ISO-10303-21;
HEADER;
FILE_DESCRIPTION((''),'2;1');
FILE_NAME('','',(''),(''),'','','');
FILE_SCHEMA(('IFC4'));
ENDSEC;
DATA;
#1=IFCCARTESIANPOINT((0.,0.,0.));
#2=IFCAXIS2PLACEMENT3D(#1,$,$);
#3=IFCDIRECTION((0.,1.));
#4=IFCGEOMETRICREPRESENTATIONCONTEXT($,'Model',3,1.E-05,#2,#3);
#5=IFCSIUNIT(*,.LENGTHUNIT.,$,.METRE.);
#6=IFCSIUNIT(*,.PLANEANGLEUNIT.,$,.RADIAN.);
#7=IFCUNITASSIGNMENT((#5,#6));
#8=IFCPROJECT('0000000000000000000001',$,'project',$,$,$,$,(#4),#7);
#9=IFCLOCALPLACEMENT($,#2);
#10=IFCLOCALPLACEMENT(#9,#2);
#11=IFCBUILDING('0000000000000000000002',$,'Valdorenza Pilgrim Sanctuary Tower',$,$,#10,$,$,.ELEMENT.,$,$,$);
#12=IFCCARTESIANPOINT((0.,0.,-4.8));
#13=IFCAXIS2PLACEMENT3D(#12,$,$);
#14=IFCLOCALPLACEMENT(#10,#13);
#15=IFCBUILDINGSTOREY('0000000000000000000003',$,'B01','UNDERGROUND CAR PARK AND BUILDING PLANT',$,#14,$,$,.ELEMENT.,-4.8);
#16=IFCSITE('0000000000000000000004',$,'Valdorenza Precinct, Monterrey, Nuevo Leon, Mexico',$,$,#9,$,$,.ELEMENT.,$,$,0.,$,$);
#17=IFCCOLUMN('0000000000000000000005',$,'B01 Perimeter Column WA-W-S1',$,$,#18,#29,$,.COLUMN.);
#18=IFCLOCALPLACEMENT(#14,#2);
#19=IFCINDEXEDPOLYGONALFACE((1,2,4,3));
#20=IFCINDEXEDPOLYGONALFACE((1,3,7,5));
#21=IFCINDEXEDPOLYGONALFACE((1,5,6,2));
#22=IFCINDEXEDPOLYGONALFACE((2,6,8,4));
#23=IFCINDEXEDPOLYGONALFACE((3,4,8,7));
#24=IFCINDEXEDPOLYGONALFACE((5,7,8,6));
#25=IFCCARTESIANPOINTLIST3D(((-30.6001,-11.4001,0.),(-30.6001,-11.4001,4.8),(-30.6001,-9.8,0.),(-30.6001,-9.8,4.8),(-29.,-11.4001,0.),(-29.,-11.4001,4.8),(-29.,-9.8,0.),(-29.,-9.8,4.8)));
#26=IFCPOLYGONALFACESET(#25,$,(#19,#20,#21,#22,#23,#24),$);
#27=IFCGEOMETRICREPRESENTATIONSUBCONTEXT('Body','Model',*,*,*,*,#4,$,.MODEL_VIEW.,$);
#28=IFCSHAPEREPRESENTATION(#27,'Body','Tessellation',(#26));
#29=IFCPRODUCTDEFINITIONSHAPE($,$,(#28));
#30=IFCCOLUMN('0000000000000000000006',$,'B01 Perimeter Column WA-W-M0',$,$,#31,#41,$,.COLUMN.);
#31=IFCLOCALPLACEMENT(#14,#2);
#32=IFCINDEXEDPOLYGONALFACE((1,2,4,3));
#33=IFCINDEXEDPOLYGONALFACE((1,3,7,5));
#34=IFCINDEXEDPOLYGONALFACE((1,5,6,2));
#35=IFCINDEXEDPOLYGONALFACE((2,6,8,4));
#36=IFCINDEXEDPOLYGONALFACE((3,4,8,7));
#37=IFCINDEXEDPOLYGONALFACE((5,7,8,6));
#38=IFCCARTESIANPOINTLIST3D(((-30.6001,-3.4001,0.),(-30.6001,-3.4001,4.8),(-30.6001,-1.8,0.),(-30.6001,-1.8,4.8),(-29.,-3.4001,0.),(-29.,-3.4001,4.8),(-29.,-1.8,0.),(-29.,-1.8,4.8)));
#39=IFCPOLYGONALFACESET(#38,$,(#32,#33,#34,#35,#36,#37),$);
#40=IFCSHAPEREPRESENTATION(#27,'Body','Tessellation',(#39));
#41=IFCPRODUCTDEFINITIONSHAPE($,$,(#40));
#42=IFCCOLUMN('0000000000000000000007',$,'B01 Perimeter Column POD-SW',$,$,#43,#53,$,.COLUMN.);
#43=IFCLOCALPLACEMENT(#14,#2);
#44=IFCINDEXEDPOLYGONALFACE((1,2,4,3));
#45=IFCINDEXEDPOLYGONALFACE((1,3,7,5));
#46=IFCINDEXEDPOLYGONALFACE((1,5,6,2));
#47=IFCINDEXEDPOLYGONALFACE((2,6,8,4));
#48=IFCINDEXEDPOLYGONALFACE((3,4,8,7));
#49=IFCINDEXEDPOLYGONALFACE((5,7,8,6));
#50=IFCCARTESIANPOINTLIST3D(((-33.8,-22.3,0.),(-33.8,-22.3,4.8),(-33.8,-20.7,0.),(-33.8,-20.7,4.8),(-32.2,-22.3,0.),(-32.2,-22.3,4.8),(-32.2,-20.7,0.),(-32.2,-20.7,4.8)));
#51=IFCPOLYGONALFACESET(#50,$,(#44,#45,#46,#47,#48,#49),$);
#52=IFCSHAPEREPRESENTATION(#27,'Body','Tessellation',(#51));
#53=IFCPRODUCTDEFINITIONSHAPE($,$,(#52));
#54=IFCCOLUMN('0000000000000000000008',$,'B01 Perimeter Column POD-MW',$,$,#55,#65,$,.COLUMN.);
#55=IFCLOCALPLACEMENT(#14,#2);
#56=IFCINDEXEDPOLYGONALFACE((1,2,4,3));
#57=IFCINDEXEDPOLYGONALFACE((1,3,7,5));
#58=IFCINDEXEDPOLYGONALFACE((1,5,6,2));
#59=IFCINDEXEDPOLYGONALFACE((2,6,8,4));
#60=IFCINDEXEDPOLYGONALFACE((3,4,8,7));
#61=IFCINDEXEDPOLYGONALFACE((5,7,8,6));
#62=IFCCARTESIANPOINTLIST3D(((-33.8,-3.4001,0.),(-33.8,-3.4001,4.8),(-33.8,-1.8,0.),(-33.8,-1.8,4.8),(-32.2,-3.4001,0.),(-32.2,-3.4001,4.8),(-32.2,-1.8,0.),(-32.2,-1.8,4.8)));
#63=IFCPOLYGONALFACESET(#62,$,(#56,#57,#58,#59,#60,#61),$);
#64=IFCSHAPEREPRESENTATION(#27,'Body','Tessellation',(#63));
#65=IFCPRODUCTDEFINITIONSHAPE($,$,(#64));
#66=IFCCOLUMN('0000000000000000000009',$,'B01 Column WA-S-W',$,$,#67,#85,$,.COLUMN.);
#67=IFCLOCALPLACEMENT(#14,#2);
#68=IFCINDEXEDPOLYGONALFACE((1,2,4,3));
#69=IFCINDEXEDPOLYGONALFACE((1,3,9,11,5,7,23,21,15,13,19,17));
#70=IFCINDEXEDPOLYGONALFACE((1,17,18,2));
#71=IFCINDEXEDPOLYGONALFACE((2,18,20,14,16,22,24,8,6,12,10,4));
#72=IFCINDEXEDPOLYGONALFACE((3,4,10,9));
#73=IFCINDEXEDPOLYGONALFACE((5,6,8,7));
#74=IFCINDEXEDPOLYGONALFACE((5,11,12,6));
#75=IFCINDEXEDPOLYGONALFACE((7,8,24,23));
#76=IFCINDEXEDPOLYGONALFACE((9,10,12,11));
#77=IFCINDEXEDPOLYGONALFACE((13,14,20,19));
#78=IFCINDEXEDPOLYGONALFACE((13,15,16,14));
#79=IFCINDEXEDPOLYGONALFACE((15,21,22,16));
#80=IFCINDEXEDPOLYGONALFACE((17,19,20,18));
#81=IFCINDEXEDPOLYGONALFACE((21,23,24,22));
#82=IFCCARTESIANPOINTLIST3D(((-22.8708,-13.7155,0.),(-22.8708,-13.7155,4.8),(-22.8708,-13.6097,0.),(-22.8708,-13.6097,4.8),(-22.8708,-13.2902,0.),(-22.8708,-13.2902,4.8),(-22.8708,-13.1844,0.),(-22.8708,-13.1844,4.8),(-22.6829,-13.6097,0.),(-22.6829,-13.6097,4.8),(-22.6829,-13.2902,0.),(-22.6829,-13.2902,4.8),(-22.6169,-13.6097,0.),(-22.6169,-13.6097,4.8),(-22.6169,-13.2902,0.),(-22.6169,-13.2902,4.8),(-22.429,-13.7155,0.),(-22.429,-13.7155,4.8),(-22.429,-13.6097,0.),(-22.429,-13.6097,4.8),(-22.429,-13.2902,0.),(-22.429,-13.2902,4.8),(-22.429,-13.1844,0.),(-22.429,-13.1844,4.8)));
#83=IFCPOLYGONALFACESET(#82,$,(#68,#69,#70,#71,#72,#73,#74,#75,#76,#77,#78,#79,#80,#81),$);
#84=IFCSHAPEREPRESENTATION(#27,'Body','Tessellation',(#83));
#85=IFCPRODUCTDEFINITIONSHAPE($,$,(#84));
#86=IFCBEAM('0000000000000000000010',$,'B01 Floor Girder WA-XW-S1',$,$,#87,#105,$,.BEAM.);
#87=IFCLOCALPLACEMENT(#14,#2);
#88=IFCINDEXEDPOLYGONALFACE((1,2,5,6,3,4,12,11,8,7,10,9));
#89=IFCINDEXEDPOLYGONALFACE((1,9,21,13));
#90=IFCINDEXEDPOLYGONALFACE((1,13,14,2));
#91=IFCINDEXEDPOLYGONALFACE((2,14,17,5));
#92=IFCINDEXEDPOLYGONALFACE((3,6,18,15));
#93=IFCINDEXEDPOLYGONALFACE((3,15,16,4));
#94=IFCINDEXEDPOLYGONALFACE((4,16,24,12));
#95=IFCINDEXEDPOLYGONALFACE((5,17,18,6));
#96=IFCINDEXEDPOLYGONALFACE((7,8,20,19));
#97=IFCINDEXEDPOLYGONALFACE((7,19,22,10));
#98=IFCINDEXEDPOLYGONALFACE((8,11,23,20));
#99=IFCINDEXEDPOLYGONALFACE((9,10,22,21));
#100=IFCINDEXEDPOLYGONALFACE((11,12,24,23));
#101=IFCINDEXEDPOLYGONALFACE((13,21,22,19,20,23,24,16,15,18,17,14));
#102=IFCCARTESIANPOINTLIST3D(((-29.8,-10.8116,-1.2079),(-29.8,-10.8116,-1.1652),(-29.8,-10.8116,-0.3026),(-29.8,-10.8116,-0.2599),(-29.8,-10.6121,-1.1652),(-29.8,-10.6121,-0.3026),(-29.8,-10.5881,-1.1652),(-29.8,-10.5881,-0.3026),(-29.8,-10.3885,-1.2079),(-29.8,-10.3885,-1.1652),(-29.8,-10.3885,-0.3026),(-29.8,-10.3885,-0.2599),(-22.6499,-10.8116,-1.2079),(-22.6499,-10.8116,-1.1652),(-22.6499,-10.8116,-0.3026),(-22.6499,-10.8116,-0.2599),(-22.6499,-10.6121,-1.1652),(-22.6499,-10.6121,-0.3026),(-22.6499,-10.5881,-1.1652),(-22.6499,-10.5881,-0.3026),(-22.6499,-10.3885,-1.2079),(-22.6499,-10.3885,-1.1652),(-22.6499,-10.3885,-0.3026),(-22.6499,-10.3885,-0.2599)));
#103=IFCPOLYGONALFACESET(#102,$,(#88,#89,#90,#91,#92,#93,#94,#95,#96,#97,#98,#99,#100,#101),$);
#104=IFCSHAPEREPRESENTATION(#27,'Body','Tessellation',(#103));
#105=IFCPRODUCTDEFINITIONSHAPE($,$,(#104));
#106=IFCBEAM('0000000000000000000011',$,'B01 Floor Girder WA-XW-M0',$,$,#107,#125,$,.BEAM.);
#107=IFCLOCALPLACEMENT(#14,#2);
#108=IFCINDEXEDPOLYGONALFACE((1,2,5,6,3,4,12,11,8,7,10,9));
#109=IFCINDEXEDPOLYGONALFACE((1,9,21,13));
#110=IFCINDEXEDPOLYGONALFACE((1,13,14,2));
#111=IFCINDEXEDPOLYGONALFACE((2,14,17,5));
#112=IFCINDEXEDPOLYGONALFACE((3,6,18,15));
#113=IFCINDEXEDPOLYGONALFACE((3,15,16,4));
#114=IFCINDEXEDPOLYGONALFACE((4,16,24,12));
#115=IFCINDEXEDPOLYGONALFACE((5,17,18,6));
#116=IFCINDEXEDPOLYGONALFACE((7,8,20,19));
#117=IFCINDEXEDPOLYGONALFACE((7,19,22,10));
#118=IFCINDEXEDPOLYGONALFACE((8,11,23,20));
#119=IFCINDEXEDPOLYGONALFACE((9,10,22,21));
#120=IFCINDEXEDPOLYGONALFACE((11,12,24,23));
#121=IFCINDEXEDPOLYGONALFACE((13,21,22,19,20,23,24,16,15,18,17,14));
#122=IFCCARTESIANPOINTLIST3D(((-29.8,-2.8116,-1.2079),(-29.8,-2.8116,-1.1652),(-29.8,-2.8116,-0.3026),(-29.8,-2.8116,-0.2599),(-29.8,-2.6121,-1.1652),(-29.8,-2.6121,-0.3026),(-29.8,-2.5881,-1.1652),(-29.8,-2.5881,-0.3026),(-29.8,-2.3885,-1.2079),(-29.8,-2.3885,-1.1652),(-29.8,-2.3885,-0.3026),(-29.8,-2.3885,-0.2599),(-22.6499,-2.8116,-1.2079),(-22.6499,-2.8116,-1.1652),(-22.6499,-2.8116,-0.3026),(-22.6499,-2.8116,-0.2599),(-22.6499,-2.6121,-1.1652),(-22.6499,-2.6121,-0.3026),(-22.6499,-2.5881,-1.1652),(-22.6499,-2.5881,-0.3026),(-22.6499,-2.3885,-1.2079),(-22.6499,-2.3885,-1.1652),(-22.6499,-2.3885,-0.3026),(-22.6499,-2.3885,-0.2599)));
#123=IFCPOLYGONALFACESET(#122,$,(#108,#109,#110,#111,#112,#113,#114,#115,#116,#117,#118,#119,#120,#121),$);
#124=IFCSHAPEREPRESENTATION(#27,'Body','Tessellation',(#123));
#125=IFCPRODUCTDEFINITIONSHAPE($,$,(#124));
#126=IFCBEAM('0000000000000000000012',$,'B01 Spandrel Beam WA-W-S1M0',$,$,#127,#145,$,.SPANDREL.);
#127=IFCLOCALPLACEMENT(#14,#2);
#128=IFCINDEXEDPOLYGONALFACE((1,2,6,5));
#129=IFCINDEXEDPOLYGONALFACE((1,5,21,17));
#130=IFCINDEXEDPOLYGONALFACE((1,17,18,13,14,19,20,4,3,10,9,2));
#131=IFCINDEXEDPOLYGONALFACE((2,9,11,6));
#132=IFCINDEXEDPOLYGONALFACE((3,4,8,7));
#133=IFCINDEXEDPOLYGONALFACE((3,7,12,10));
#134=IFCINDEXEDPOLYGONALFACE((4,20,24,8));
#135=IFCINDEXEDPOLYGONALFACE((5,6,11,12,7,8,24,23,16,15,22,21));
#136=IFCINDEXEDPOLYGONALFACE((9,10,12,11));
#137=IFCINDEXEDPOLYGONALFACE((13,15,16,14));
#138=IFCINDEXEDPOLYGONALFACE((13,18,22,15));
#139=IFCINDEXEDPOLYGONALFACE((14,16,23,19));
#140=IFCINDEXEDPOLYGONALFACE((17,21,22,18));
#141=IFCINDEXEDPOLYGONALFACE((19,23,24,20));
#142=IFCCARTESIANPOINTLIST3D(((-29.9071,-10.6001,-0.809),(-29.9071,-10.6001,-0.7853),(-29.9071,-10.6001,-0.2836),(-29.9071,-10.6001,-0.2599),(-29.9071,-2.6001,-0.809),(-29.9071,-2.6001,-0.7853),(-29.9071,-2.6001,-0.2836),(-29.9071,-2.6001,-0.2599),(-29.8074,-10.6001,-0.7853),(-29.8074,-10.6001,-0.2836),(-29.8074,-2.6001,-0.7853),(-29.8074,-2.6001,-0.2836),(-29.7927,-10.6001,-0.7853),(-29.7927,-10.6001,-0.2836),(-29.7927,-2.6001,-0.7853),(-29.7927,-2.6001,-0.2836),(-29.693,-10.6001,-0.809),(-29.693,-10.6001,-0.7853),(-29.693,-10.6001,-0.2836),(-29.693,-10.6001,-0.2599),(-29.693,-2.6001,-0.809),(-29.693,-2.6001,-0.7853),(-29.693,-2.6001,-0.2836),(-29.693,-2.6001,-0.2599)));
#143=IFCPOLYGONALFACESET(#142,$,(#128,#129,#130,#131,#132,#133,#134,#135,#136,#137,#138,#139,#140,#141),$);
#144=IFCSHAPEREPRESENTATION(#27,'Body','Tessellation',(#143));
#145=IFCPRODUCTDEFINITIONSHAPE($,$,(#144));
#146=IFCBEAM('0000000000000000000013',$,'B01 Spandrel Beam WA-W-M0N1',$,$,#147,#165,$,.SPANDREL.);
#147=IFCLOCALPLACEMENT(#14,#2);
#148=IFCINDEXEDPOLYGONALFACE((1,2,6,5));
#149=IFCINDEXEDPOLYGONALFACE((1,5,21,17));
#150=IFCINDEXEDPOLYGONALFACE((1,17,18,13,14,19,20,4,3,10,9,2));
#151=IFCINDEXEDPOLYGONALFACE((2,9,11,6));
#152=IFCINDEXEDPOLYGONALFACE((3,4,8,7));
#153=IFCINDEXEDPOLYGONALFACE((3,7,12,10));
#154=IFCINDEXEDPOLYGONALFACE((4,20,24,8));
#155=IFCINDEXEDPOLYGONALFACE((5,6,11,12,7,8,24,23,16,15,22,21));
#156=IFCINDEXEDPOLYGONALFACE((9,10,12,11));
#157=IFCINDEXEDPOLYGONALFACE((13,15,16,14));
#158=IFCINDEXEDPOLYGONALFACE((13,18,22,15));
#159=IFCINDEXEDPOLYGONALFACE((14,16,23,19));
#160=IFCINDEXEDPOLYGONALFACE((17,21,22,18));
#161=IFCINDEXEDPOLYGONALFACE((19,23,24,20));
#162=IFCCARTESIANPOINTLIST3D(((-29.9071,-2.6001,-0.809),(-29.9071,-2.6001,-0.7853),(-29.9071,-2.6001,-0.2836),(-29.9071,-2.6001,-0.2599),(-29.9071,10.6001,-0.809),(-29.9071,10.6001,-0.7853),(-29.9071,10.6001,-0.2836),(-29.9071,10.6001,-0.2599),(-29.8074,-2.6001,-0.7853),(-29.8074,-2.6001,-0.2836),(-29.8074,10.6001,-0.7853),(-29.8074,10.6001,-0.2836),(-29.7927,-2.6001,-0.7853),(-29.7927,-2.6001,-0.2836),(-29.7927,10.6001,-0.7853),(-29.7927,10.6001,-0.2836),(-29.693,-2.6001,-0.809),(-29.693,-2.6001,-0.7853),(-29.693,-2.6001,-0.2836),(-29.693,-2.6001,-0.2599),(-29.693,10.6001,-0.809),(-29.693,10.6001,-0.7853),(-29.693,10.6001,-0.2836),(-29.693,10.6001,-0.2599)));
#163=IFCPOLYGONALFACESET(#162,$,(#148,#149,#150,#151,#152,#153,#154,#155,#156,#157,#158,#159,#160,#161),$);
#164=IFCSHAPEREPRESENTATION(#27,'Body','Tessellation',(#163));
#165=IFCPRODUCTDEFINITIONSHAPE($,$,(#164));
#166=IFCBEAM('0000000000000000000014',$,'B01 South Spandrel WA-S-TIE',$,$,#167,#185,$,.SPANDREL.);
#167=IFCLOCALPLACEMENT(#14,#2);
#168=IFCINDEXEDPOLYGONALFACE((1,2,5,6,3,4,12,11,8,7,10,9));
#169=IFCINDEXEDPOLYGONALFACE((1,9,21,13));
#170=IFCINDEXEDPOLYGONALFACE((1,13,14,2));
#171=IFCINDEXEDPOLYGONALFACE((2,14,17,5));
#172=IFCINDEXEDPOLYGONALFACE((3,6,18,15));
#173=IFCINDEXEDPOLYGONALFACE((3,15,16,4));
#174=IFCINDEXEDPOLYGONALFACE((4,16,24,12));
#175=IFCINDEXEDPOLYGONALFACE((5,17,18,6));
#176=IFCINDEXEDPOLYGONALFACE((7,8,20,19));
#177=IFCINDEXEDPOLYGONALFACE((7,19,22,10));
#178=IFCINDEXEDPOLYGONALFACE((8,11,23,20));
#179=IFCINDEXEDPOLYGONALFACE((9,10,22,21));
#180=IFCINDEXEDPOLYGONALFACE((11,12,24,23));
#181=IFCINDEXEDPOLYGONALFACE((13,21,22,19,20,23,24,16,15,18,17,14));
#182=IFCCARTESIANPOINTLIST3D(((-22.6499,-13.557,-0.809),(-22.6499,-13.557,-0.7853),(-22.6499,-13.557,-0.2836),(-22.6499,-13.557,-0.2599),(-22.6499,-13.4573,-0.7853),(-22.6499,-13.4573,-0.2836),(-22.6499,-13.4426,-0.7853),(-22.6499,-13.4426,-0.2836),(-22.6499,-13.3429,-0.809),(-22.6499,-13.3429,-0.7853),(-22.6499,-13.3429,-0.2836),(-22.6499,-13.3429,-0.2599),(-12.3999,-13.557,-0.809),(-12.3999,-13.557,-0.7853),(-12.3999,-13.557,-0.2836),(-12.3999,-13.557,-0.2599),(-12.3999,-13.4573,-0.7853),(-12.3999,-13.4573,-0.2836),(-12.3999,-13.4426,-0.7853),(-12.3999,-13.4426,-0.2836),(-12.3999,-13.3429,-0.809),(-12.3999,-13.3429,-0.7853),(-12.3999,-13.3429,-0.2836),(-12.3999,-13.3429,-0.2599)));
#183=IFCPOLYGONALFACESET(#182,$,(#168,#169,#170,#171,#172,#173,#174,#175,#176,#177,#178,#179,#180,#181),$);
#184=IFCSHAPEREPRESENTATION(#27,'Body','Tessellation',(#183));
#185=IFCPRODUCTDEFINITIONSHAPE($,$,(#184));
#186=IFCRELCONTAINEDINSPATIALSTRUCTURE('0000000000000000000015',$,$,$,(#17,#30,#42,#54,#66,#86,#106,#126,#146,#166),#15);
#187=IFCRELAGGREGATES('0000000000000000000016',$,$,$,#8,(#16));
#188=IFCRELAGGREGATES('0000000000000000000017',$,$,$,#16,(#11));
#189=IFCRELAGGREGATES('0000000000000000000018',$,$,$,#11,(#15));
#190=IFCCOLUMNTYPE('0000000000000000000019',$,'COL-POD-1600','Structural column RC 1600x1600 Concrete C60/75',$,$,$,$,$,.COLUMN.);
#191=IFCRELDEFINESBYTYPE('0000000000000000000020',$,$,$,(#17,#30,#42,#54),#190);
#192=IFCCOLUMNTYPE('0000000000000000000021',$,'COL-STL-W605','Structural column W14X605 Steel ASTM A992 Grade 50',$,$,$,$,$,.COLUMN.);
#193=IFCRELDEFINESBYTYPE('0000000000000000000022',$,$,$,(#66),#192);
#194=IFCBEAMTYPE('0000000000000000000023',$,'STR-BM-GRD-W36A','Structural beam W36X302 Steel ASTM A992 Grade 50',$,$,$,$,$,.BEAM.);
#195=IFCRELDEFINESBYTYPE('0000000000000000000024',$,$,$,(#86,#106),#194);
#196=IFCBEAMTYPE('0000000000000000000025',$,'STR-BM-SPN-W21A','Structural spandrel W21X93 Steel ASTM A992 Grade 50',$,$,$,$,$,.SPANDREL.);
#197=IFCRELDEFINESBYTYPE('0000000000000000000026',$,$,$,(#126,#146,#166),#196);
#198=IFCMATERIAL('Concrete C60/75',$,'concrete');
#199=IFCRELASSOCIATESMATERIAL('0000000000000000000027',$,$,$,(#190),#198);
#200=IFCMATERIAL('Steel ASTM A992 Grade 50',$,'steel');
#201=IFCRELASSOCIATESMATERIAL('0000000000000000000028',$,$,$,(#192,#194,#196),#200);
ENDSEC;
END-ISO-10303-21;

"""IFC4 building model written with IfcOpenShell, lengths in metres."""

from ifc_helpers import new_model, si_unit, direction, frame, origin, origin_2d, place, context, subcontext, project, spatial, rectangle, i_section, extrude, source, transform, mapped, material, material_profile, profile_set, type_object, element, save


model = new_model("IFC4")

# Units and contexts
model_context = context("Model", 3, precision=1e-05, world=origin(), true_north=direction((0.0, 1.0)))
body_context = subcontext(model_context, "Body", "Model", "MODEL_VIEW")
ifc_project = project(units=[si_unit("LENGTHUNIT", "METRE"), si_unit("PLANEANGLEUNIT", "RADIAN")], contexts=[model_context])

# Site, building, storey
site_placement = place(None, origin())
site = spatial("IfcSite", under=ifc_project, at=site_placement, Name="Valdorenza Precinct, Monterrey, Nuevo Leon, Mexico", CompositionType="ELEMENT", RefElevation=0.0)
building_placement = place(site_placement, origin())
building = spatial("IfcBuilding", under=site, at=building_placement, Name="Valdorenza Pilgrim Sanctuary Tower", CompositionType="ELEMENT")
storey_placement = place(building_placement, frame((0.0, 0.0, -4.8)))
storey = spatial("IfcBuildingStorey", under=building, at=storey_placement, Name="B01", Description="UNDERGROUND CAR PARK AND BUILDING PLANT", CompositionType="ELEMENT", Elevation=-4.8)

# Columns
ifc_material_1 = material(Name="Concrete C60/75", Category="concrete")
ifc_material_profile_1 = material_profile(ifc_material_1, rectangle(XDim=1.6001, YDim=1.6001, at=origin_2d()), Name="RC 1600x1600")
ifc_profile_set_1 = profile_set([ifc_material_profile_1], Name="Concrete C60/75")
column_type_1 = type_object("IfcColumnType", Name="COL-POD-1600", Description="Structural column RC 1600x1600 Concrete C60/75", PredefinedType="COLUMN", material=ifc_profile_set_1)
shared_shape_1 = source(origin(), body_context, "Body", "SweptSolid", [
    extrude(rectangle(XDim=1.6001, YDim=1.6001, at=origin_2d()), origin(), (0.0, 0.0, 1.0), 4.8),
])
for number, where, z_axis, x_axis, name in (
    (1, (-29.8, -10.6001, 0.0), (0.0, 0.0, 1.0), (1.0, 0.0, 0.0), "B01 Perimeter Column WA-W-S1"),
    (2, (-29.8, -2.6001, 0.0), (0.0, 0.0, 1.0), (1.0, 0.0, 0.0), "B01 Perimeter Column WA-W-M0"),
    (3, (-33.0, -21.5, 0.0), (0.0, 0.0, 1.0), (1.0, 0.0, 0.0), "B01 Perimeter Column POD-SW"),
    (4, (-33.0, -2.6001, 0.0), (0.0, 0.0, 1.0), (1.0, 0.0, 0.0), "B01 Perimeter Column POD-MW"),
):
    element("IfcColumn", number, at=place(storey_placement, frame(where, z_axis=z_axis, x_axis=x_axis)), inside=storey, type_object=column_type_1, Name=name, PredefinedType="COLUMN", context=body_context, shape_type="MappedRepresentation", body=[
        mapped(shared_shape_1, transform((0.0, 0.0, 0.0), x_axis=(1.0, 0.0, 0.0), y_axis=(0.0, 1.0, 0.0), z_axis=(0.0, 0.0, 1.0), scale=1.0)),
    ])
ifc_material_2 = material(Name="Steel ASTM A992 Grade 50", Category="steel")
ifc_material_profile_2 = material_profile(ifc_material_2, i_section(OverallWidth=0.4419, OverallDepth=0.531, WebThickness=0.0659, FlangeThickness=0.1057, at=origin_2d()), Name="W14X605")
ifc_profile_set_2 = profile_set([ifc_material_profile_2], Name="Steel ASTM A992 Grade 50")
column_type_2 = type_object("IfcColumnType", Name="COL-STL-W605", Description="Structural column W14X605 Steel ASTM A992 Grade 50", PredefinedType="COLUMN", material=ifc_profile_set_2)
shared_shape_2 = source(origin(), body_context, "Body", "SweptSolid", [
    extrude(i_section(OverallWidth=0.4419, OverallDepth=0.531, WebThickness=0.0659, FlangeThickness=0.1057, at=origin_2d()), origin(), (0.0, 0.0, 1.0), 4.8),
])
column_placement = place(storey_placement, frame((-22.6499, -13.45, 0.0), z_axis=(0.0, 0.0, 1.0), x_axis=(1.0, 0.0, 0.0)))
element("IfcColumn", 5, at=column_placement, inside=storey, type_object=column_type_2, Name="B01 Column WA-S-W", PredefinedType="COLUMN", context=body_context, shape_type="MappedRepresentation", body=[
    mapped(shared_shape_2, transform((0.0, 0.0, 0.0), x_axis=(1.0, 0.0, 0.0), y_axis=(0.0, 1.0, 0.0), z_axis=(0.0, 0.0, 1.0), scale=1.0)),
])

# Beams
ifc_material_profile_3 = material_profile(ifc_material_2, i_section(OverallWidth=0.4231, OverallDepth=0.948, WebThickness=0.0239, FlangeThickness=0.0427, at=origin_2d()), Name="W36X302")
ifc_profile_set_3 = profile_set([ifc_material_profile_3], Name="Steel ASTM A992 Grade 50")
beam_type_1 = type_object("IfcBeamType", Name="STR-BM-GRD-W36A", Description="Structural beam W36X302 Steel ASTM A992 Grade 50", PredefinedType="BEAM", material=ifc_profile_set_3)
shared_shape_3 = source(origin(), body_context, "Body", "SweptSolid", [
    extrude(i_section(OverallWidth=0.4231, OverallDepth=0.948, WebThickness=0.0239, FlangeThickness=0.0427, at=origin_2d()), origin(), (0.0, 0.0, 1.0), 7.1501),
])
for number, where, z_axis, x_axis, name in (
    (6, (-29.8, -10.6001, -0.7339), (1.0, 0.0, 0.0), (0.0, 1.0, 0.0), "B01 Floor Girder WA-XW-S1"),
    (7, (-29.8, -2.6001, -0.7339), (1.0, 0.0, 0.0), (0.0, 1.0, 0.0), "B01 Floor Girder WA-XW-M0"),
):
    element("IfcBeam", number, at=place(storey_placement, frame(where, z_axis=z_axis, x_axis=x_axis)), inside=storey, type_object=beam_type_1, Name=name, PredefinedType="BEAM", context=body_context, shape_type="MappedRepresentation", body=[
        mapped(shared_shape_3, transform((0.0, 0.0, 0.0), x_axis=(1.0, 0.0, 0.0), y_axis=(0.0, 1.0, 0.0), z_axis=(0.0, 0.0, 1.0), scale=1.0)),
    ])
ifc_material_profile_4 = material_profile(ifc_material_2, i_section(OverallWidth=0.2141, OverallDepth=0.5491, WebThickness=0.0146, FlangeThickness=0.0237, at=origin_2d()), Name="W21X93")
ifc_profile_set_4 = profile_set([ifc_material_profile_4], Name="Steel ASTM A992 Grade 50")
beam_type_2 = type_object("IfcBeamType", Name="STR-BM-SPN-W21A", Description="Structural spandrel W21X93 Steel ASTM A992 Grade 50", PredefinedType="SPANDREL", material=ifc_profile_set_4)
shared_shape_4 = source(origin(), body_context, "Body", "SweptSolid", [
    extrude(i_section(OverallWidth=0.2141, OverallDepth=0.5491, WebThickness=0.0146, FlangeThickness=0.0237, at=origin_2d()), origin(), (0.0, 0.0, 1.0), 8.0),
])
beam_1_placement = place(storey_placement, frame((-29.8, -10.6001, -0.5344), z_axis=(0.0, 1.0, 0.0), x_axis=(-1.0, 0.0, 0.0)))
element("IfcBeam", 8, at=beam_1_placement, inside=storey, type_object=beam_type_2, Name="B01 Spandrel Beam WA-W-S1M0", PredefinedType="SPANDREL", context=body_context, shape_type="MappedRepresentation", body=[
    mapped(shared_shape_4, transform((0.0, 0.0, 0.0), x_axis=(1.0, 0.0, 0.0), y_axis=(0.0, 1.0, 0.0), z_axis=(0.0, 0.0, 1.0), scale=1.0)),
])
shared_shape_5 = source(origin(), body_context, "Body", "SweptSolid", [
    extrude(i_section(OverallWidth=0.2141, OverallDepth=0.5491, WebThickness=0.0146, FlangeThickness=0.0237, at=origin_2d()), origin(), (0.0, 0.0, 1.0), 13.2002),
])
beam_2_placement = place(storey_placement, frame((-29.8, -2.6001, -0.5344), z_axis=(0.0, 1.0, 0.0), x_axis=(-1.0, 0.0, 0.0)))
element("IfcBeam", 9, at=beam_2_placement, inside=storey, type_object=beam_type_2, Name="B01 Spandrel Beam WA-W-M0N1", PredefinedType="SPANDREL", context=body_context, shape_type="MappedRepresentation", body=[
    mapped(shared_shape_5, transform((0.0, 0.0, 0.0), x_axis=(1.0, 0.0, 0.0), y_axis=(0.0, 1.0, 0.0), z_axis=(0.0, 0.0, 1.0), scale=1.0)),
])
shared_shape_6 = source(origin(), body_context, "Body", "SweptSolid", [
    extrude(i_section(OverallWidth=0.2141, OverallDepth=0.5491, WebThickness=0.0146, FlangeThickness=0.0237, at=origin_2d()), origin(), (0.0, 0.0, 1.0), 10.25),
])
beam_3_placement = place(storey_placement, frame((-22.6499, -13.45, -0.5344), z_axis=(1.0, 0.0, 0.0), x_axis=(0.0, 1.0, 0.0)))
element("IfcBeam", 10, at=beam_3_placement, inside=storey, type_object=beam_type_2, Name="B01 South Spandrel WA-S-TIE", PredefinedType="SPANDREL", context=body_context, shape_type="MappedRepresentation", body=[
    mapped(shared_shape_6, transform((0.0, 0.0, 0.0), x_axis=(1.0, 0.0, 0.0), y_axis=(0.0, 1.0, 0.0), z_axis=(0.0, 0.0, 1.0), scale=1.0)),
])

save(model, "model.ifc")
